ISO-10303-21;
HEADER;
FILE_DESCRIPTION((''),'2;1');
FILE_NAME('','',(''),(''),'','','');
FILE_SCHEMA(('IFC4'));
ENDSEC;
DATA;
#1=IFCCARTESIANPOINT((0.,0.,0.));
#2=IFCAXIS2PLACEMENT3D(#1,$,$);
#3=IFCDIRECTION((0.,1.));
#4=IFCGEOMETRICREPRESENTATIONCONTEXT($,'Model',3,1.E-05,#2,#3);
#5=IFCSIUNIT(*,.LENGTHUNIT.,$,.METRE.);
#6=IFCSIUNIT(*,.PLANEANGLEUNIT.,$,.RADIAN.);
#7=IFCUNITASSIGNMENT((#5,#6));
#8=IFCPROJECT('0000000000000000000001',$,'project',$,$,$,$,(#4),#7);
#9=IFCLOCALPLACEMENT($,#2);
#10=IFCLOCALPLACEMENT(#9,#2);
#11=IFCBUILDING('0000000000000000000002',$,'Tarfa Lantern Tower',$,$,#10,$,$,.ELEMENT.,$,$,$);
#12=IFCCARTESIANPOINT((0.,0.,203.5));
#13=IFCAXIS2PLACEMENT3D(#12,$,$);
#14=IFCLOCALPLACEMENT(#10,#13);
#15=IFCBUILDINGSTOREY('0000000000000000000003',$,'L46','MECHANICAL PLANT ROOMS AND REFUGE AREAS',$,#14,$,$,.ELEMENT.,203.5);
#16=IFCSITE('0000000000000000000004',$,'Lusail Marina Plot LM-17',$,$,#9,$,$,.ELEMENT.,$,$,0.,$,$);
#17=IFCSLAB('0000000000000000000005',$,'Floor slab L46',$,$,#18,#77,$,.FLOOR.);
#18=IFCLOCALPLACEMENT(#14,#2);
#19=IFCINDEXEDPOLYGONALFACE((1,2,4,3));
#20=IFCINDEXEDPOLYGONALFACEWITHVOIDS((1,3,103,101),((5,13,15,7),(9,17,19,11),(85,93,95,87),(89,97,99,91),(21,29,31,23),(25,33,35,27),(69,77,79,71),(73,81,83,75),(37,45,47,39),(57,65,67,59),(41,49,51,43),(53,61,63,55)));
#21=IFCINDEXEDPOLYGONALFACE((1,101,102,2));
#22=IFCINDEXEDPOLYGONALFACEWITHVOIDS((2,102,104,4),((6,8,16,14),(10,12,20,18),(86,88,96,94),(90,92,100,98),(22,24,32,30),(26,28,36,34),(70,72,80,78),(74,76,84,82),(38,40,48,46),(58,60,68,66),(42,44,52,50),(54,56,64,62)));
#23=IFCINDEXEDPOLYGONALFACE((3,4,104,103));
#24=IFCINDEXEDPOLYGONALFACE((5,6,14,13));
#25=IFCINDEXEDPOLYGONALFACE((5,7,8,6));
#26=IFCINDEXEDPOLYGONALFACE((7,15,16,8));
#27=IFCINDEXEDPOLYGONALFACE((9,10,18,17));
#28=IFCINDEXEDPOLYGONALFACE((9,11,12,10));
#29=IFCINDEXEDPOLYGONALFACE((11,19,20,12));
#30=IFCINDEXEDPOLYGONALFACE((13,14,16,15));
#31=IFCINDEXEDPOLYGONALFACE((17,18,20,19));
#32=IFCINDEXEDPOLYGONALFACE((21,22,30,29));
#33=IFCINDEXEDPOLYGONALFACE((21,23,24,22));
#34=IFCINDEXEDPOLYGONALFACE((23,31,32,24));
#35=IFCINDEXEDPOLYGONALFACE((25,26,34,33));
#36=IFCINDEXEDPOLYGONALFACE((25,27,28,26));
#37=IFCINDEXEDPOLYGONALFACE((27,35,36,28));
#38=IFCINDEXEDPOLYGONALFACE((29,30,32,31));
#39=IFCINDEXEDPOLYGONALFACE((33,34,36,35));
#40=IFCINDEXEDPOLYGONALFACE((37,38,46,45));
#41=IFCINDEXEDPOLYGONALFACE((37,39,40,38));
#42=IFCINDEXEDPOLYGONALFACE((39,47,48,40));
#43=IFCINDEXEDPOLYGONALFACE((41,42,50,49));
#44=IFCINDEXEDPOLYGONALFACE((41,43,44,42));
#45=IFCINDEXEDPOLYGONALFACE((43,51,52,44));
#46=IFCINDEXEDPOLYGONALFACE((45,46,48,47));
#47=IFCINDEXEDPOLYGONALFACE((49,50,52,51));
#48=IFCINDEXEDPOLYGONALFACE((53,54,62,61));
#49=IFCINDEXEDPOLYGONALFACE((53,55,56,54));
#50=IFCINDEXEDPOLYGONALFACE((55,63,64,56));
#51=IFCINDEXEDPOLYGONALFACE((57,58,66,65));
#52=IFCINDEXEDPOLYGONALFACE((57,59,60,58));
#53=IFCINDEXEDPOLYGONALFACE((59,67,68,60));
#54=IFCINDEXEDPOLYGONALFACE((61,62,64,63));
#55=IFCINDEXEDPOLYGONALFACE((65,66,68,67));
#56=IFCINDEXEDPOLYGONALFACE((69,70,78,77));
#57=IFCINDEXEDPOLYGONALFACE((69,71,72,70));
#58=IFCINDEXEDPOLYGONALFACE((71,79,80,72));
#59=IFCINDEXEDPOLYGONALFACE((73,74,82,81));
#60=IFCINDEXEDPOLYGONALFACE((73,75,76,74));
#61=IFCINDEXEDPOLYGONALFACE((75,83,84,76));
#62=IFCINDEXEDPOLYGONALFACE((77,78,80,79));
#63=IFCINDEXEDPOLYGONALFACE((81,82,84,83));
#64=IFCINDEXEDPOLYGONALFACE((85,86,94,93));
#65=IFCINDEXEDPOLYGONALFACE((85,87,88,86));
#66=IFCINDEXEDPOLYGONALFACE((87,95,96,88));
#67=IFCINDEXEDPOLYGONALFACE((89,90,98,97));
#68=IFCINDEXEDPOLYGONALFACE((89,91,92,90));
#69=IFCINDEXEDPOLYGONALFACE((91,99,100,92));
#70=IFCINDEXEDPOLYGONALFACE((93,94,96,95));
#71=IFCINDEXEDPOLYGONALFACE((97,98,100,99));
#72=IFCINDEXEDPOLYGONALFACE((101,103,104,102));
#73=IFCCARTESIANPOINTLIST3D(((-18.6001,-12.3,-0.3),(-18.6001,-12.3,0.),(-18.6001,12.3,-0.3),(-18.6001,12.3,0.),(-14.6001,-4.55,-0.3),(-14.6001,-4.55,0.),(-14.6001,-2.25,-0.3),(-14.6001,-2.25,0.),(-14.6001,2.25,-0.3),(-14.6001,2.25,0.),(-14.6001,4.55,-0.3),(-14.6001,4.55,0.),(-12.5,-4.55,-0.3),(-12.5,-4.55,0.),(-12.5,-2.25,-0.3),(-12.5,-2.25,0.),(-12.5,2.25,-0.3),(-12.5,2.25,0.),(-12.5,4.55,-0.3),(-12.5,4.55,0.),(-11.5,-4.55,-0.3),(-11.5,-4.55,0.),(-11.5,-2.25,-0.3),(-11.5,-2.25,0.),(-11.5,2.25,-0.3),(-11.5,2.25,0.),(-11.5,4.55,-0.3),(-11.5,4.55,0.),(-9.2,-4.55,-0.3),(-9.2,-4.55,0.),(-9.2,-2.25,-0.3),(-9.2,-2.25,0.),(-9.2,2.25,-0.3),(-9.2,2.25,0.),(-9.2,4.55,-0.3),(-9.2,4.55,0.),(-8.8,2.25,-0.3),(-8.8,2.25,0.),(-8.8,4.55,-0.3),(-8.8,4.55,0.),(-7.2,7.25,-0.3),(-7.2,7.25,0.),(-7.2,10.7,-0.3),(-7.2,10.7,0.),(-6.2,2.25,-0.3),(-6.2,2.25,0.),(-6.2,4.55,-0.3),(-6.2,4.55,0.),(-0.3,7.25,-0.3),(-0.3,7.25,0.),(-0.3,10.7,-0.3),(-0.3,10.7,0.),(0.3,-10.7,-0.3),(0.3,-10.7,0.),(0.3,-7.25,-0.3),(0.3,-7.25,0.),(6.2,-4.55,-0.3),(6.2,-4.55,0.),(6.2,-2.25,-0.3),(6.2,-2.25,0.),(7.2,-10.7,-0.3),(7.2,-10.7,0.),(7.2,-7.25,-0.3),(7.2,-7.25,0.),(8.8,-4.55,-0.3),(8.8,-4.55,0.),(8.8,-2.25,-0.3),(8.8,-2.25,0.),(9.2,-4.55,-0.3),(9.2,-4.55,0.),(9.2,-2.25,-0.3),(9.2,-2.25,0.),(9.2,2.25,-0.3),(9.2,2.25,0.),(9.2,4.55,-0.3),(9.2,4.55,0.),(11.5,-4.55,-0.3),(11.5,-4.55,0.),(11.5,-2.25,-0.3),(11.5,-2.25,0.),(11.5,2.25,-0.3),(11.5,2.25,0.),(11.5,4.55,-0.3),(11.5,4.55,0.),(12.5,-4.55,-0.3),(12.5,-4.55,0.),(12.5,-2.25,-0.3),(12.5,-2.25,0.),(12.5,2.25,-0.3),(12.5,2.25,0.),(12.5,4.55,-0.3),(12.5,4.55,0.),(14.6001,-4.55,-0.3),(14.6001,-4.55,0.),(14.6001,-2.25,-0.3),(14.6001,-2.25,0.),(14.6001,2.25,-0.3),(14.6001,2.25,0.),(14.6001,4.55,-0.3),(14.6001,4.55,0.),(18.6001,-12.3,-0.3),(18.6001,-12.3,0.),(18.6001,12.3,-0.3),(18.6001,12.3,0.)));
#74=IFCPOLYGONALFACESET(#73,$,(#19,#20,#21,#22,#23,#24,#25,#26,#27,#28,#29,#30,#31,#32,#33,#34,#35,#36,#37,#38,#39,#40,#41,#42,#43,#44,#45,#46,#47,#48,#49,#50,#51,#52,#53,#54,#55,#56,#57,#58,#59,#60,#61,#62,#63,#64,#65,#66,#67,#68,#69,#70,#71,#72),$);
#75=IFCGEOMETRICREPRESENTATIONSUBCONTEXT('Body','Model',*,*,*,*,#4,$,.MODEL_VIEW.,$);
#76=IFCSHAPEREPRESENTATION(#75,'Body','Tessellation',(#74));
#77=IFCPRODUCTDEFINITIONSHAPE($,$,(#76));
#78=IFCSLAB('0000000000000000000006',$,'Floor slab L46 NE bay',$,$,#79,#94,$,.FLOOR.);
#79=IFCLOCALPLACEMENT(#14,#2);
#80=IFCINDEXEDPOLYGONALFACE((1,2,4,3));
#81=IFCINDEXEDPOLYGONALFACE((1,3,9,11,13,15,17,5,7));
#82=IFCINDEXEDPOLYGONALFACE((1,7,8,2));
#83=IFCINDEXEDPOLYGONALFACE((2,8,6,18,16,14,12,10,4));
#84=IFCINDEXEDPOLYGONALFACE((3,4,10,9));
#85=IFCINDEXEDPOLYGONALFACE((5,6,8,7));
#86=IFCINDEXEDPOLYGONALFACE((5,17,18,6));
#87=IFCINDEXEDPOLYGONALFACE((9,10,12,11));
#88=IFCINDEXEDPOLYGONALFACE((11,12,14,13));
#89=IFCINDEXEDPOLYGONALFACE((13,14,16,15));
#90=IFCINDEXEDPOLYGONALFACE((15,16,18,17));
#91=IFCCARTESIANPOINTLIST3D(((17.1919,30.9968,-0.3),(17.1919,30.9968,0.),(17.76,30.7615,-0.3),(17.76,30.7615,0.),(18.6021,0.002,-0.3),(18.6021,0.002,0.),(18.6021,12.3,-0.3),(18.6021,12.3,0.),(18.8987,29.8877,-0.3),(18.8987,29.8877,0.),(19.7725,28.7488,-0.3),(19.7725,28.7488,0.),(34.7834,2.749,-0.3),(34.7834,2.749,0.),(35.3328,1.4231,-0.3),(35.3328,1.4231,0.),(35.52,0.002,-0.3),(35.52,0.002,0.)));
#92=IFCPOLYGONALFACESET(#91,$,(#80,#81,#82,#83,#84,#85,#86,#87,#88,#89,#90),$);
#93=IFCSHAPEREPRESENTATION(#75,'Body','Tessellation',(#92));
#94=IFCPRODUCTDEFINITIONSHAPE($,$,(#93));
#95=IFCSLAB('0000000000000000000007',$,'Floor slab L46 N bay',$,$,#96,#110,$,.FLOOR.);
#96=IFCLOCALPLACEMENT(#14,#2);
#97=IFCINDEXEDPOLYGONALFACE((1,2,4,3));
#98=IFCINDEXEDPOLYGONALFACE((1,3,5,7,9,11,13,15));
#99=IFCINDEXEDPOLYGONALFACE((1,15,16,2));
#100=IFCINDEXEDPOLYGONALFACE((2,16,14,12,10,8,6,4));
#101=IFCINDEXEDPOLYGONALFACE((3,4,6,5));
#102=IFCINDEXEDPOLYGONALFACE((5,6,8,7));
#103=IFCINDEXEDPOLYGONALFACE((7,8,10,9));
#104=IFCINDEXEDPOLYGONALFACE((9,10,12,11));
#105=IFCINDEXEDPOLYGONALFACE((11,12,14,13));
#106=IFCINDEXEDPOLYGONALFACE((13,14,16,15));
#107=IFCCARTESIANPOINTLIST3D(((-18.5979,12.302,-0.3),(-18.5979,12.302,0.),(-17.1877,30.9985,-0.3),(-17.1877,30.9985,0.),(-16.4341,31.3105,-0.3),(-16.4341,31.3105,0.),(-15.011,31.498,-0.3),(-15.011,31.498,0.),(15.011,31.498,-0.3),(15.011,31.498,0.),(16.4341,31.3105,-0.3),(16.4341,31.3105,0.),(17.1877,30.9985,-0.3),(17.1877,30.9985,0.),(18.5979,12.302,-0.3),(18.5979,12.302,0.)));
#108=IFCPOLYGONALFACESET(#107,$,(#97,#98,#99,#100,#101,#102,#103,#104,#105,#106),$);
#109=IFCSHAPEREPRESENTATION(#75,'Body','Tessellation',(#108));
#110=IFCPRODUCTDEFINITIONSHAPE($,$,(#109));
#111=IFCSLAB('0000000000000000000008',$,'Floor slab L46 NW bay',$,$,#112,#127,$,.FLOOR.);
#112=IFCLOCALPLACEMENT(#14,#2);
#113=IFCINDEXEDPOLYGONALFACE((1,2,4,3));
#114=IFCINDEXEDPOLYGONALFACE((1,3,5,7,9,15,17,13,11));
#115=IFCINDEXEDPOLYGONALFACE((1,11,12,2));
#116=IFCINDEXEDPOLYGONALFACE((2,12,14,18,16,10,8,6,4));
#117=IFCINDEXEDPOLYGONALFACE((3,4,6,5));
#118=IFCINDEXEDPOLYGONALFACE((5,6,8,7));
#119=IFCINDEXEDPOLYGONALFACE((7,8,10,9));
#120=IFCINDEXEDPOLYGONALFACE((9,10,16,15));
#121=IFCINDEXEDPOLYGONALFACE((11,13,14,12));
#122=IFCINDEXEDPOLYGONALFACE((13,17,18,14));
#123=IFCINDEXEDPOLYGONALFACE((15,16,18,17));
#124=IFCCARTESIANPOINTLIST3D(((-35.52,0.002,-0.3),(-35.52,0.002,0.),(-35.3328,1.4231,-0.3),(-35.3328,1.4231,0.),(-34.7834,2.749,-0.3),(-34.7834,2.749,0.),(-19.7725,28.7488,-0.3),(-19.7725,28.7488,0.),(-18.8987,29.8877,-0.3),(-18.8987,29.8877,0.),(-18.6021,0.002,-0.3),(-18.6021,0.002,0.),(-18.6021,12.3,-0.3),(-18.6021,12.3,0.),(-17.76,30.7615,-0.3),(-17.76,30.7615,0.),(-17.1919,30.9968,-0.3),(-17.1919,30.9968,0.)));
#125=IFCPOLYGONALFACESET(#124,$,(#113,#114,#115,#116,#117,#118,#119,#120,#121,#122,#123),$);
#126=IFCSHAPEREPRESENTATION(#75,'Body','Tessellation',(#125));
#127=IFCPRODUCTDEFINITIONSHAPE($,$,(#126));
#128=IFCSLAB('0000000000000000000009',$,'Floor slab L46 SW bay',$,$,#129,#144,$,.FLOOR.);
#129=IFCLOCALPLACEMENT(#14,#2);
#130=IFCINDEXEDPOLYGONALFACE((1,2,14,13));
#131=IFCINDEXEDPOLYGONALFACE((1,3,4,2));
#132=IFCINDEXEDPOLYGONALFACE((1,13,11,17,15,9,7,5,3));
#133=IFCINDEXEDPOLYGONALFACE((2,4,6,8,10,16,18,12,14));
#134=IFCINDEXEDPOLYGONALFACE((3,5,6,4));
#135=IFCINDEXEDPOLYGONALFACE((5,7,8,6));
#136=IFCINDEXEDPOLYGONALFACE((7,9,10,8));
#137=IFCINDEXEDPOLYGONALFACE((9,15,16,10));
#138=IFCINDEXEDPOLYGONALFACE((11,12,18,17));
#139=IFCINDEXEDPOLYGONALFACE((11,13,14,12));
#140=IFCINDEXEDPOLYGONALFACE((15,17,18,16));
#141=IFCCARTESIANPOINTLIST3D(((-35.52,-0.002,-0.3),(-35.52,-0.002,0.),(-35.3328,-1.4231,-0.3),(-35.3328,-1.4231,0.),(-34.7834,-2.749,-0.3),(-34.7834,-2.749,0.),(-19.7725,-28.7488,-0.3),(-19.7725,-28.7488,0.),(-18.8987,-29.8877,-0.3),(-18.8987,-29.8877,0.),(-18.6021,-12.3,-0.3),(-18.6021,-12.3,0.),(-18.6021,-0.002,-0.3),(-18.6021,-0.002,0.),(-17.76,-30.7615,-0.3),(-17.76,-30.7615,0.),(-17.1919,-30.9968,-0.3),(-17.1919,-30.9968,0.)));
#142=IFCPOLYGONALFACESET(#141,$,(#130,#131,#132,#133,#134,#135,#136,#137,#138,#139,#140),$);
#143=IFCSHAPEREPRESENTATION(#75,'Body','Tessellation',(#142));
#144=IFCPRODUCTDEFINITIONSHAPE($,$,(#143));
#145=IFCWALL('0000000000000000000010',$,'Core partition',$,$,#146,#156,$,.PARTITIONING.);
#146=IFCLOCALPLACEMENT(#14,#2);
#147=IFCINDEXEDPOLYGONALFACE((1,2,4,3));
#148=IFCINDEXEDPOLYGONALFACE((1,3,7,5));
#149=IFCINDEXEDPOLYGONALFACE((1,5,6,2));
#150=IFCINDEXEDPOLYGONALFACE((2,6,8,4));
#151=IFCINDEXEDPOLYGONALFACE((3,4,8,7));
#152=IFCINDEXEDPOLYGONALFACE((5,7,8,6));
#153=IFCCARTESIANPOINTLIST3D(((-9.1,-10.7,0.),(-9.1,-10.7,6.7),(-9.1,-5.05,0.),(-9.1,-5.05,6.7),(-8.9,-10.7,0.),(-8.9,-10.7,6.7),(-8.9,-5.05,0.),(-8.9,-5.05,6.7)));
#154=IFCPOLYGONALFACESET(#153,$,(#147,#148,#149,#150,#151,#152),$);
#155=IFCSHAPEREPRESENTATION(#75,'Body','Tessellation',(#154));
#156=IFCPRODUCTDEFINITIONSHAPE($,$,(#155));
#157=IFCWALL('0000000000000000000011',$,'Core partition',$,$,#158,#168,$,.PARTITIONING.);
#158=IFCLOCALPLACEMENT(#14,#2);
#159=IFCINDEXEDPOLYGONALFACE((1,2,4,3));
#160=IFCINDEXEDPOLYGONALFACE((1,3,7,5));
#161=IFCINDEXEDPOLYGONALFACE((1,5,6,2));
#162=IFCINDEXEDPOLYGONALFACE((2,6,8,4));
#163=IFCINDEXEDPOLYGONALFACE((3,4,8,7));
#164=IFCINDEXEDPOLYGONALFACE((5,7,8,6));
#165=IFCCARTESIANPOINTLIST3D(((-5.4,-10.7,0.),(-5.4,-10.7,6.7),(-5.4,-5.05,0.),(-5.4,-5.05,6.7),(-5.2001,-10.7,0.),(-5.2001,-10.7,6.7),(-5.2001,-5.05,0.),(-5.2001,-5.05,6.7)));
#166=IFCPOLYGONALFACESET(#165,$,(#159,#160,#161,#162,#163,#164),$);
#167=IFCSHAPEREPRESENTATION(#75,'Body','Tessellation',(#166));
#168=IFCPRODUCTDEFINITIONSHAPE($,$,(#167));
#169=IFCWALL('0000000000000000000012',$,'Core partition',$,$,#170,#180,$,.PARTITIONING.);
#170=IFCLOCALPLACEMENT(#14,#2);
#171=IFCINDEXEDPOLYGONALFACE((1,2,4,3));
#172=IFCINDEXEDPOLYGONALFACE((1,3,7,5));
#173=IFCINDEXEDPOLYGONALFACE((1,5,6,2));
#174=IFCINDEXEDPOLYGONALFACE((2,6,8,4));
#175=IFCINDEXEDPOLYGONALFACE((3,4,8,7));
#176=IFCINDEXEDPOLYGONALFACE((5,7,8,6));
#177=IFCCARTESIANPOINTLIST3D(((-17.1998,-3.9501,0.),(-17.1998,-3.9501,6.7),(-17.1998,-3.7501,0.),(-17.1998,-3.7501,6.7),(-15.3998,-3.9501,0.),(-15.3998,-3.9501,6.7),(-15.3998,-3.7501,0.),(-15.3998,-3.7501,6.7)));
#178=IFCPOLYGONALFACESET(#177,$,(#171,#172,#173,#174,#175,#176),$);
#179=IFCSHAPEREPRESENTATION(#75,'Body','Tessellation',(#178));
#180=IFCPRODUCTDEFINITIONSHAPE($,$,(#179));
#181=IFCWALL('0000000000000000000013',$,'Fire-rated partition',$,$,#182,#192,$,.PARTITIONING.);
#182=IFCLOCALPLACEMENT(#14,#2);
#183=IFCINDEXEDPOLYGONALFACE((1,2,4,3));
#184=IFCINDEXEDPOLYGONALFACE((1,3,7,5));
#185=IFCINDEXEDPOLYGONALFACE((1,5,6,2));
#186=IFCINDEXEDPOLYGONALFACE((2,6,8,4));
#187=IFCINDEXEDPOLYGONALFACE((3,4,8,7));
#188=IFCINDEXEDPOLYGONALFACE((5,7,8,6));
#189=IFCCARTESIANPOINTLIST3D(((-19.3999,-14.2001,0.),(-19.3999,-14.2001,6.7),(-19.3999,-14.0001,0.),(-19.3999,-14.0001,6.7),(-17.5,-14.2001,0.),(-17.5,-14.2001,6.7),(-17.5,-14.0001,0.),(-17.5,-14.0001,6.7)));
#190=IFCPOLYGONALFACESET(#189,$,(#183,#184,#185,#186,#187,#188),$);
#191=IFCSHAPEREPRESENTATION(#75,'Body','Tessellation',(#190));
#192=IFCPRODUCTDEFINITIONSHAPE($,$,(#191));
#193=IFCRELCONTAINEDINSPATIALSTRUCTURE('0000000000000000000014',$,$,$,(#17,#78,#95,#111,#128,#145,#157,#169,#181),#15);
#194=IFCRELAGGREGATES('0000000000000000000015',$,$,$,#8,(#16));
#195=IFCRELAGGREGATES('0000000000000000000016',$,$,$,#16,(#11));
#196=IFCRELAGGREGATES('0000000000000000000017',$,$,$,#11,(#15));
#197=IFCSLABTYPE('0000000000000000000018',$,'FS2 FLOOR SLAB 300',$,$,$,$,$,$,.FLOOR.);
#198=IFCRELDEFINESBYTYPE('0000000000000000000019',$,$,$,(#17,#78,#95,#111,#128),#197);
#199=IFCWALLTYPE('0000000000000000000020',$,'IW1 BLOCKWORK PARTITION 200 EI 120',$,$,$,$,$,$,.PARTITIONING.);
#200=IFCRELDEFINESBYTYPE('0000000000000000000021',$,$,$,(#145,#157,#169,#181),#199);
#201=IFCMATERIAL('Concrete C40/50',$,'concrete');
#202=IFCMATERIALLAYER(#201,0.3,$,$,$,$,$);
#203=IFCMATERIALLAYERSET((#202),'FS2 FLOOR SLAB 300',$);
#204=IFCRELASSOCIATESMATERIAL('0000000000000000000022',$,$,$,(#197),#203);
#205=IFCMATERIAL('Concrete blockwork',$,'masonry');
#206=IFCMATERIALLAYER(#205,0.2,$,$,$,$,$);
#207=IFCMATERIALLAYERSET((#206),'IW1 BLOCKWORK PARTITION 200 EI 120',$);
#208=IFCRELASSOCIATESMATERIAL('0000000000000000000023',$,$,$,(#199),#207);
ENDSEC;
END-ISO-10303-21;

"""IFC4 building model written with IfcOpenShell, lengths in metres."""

from ifc_helpers import new_model, si_unit, direction, frame, frame_2d, origin, place, context, subcontext, project, spatial, polyline, rectangle, outline, extrude, material, layer, layer_set, type_object, element, save


model = new_model("IFC4")

# Units and contexts
model_context = context("Model", 3, precision=1e-05, world=origin(), true_north=direction((0.0, 1.0)))
body_context = subcontext(model_context, "Body", "Model", "MODEL_VIEW")
ifc_project = project(units=[si_unit("LENGTHUNIT", "METRE"), si_unit("PLANEANGLEUNIT", "RADIAN")], contexts=[model_context])

# Site, building, storey
site_placement = place(None, origin())
site = spatial("IfcSite", under=ifc_project, at=site_placement, Name="Lusail Marina Plot LM-17", CompositionType="ELEMENT", RefElevation=0.0)
building_placement = place(site_placement, origin())
building = spatial("IfcBuilding", under=site, at=building_placement, Name="Tarfa Lantern Tower", CompositionType="ELEMENT")
storey_placement = place(building_placement, frame((0.0, 0.0, 203.5)))
storey = spatial("IfcBuildingStorey", under=building, at=storey_placement, Name="L46", Description="MECHANICAL PLANT ROOMS AND REFUGE AREAS", CompositionType="ELEMENT", Elevation=203.5)

# Slabs
ifc_material_1 = material(Name="Concrete C40/50", Category="concrete")
ifc_layer_1 = layer(ifc_material_1, 0.3)
ifc_layer_set_1 = layer_set([ifc_layer_1], Name="FS2 FLOOR SLAB 300")
slab_type = type_object("IfcSlabType", Name="FS2 FLOOR SLAB 300", PredefinedType="FLOOR", material=ifc_layer_set_1)
slab_1_placement = place(storey_placement, frame((0.0, 0.0, -0.3)))
element("IfcSlab", 1, at=slab_1_placement, inside=storey, type_object=slab_type, Name="Floor slab L46", PredefinedType="FLOOR", context=body_context, shape_type="SweptSolid", body=[
    extrude(outline(polyline([(-18.6001, -12.3), (18.6001, -12.3), (18.6001, 12.3), (-18.6001, 12.3), (-18.6001, -12.3)]), holes=[polyline([(-14.6001, 2.25), (-12.5, 2.25), (-12.5, 4.55), (-14.6001, 4.55), (-14.6001, 2.25)]), polyline([(-11.5, 2.25), (-9.2, 2.25), (-9.2, 4.55), (-11.5, 4.55), (-11.5, 2.25)]), polyline([(-8.8, 2.25), (-6.2, 2.25), (-6.2, 4.55), (-8.8, 4.55), (-8.8, 2.25)]), polyline([(9.2, 2.25), (11.5, 2.25), (11.5, 4.55), (9.2, 4.55), (9.2, 2.25)]), polyline([(12.5, 2.25), (14.6001, 2.25), (14.6001, 4.55), (12.5, 4.55), (12.5, 2.25)]), polyline([(14.6001, -2.25), (12.5, -2.25), (12.5, -4.55), (14.6001, -4.55), (14.6001, -2.25)]), polyline([(11.5, -2.25), (9.2, -2.25), (9.2, -4.55), (11.5, -4.55), (11.5, -2.25)]), polyline([(8.8, -2.25), (6.2, -2.25), (6.2, -4.55), (8.8, -4.55), (8.8, -2.25)]), polyline([(-9.2, -2.25), (-11.5, -2.25), (-11.5, -4.55), (-9.2, -4.55), (-9.2, -2.25)]), polyline([(-12.5, -2.25), (-14.6001, -2.25), (-14.6001, -4.55), (-12.5, -4.55), (-12.5, -2.25)]), polyline([(-7.2, 7.25), (-0.3, 7.25), (-0.3, 10.7), (-7.2, 10.7), (-7.2, 7.25)]), polyline([(7.2, -7.25), (0.3, -7.25), (0.3, -10.7), (7.2, -10.7), (7.2, -7.25)])]), origin(), (0.0, 0.0, 1.0), 0.3),
])
slab_2_placement = place(storey_placement, frame((0.0, 0.0, -0.3)))
element("IfcSlab", 2, at=slab_2_placement, inside=storey, type_object=slab_type, Name="Floor slab L46 NE bay", PredefinedType="FLOOR", context=body_context, shape_type="SweptSolid", body=[
    extrude(outline(polyline([(34.7834, 2.749), (19.7725, 28.7488), (18.8987, 29.8877), (17.76, 30.7615), (17.1919, 30.9968), (18.6021, 12.3), (18.6021, 0.002), (35.52, 0.002), (35.3328, 1.4231), (34.7834, 2.749)])), origin(), (0.0, 0.0, 1.0), 0.3),
])
slab_3_placement = place(storey_placement, frame((0.0, 0.0, -0.3)))
element("IfcSlab", 3, at=slab_3_placement, inside=storey, type_object=slab_type, Name="Floor slab L46 N bay", PredefinedType="FLOOR", context=body_context, shape_type="SweptSolid", body=[
    extrude(outline(polyline([(-18.5979, 12.302), (18.5979, 12.302), (17.1877, 30.9985), (16.4341, 31.3105), (15.011, 31.498), (-15.011, 31.498), (-16.4341, 31.3105), (-17.1877, 30.9985), (-18.5979, 12.302)])), origin(), (0.0, 0.0, 1.0), 0.3),
])
slab_4_placement = place(storey_placement, frame((0.0, 0.0, -0.3)))
element("IfcSlab", 4, at=slab_4_placement, inside=storey, type_object=slab_type, Name="Floor slab L46 NW bay", PredefinedType="FLOOR", context=body_context, shape_type="SweptSolid", body=[
    extrude(outline(polyline([(-18.6021, 0.002), (-18.6021, 12.3), (-17.1919, 30.9968), (-17.76, 30.7615), (-18.8987, 29.8877), (-19.7725, 28.7488), (-34.7834, 2.749), (-35.3328, 1.4231), (-35.52, 0.002), (-18.6021, 0.002)])), origin(), (0.0, 0.0, 1.0), 0.3),
])
slab_5_placement = place(storey_placement, frame((0.0, 0.0, -0.3)))
element("IfcSlab", 5, at=slab_5_placement, inside=storey, type_object=slab_type, Name="Floor slab L46 SW bay", PredefinedType="FLOOR", context=body_context, shape_type="SweptSolid", body=[
    extrude(outline(polyline([(-18.6021, -12.3), (-18.6021, -0.002), (-35.52, -0.002), (-35.3328, -1.4231), (-34.7834, -2.749), (-19.7725, -28.7488), (-18.8987, -29.8877), (-17.76, -30.7615), (-17.1919, -30.9968), (-18.6021, -12.3)])), origin(), (0.0, 0.0, 1.0), 0.3),
])

# Walls
ifc_material_2 = material(Name="Concrete blockwork", Category="masonry")
ifc_layer_2 = layer(ifc_material_2, 0.2)
ifc_layer_set_2 = layer_set([ifc_layer_2], Name="IW1 BLOCKWORK PARTITION 200 EI 120")
wall_type_1 = type_object("IfcWallType", Name="IW1 BLOCKWORK PARTITION 200 EI 120", PredefinedType="PARTITIONING", material=ifc_layer_set_2)
for number, where, z_axis, x_axis, name in (
    (6, (-9.0, -5.05, 0.0), (0.0, 0.0, 1.0), (0.0, -1.0, 0.0), "Core partition"),
    (7, (-5.3, -5.05, 0.0), (0.0, 0.0, 1.0), (0.0, -1.0, 0.0), "Core partition"),
):
    element("IfcWall", number, at=place(storey_placement, frame(where, z_axis=z_axis, x_axis=x_axis)), inside=storey, type_object=wall_type_1, Name=name, PredefinedType="PARTITIONING", context=body_context, shape_type="SweptSolid", body=[
        extrude(rectangle(XDim=5.6499, YDim=0.2, at=frame_2d((2.825, 0.0))), origin(), (0.0, 0.0, 1.0), 6.7),
    ])
wall_1_placement = place(storey_placement, frame((-15.3999, -3.8501, 0.0), z_axis=(0.0, 0.0, 1.0), x_axis=(-1.0, 0.0, 0.0)))
element("IfcWall", 8, at=wall_1_placement, inside=storey, type_object=wall_type_1, Name="Core partition", PredefinedType="PARTITIONING", context=body_context, shape_type="SweptSolid", body=[
    extrude(rectangle(XDim=1.8, YDim=0.2, at=frame_2d((0.8999, 0.0))), origin(), (0.0, 0.0, 1.0), 6.7),
])
wall_2_placement = place(storey_placement, frame((-17.5, -14.1001, 0.0), z_axis=(0.0, 0.0, 1.0), x_axis=(-1.0, 0.0, 0.0)))
element("IfcWall", 9, at=wall_2_placement, inside=storey, type_object=wall_type_1, Name="Fire-rated partition", PredefinedType="PARTITIONING", context=body_context, shape_type="SweptSolid", body=[
    extrude(rectangle(XDim=1.8999, YDim=0.2, at=frame_2d((0.95, 0.0))), origin(), (0.0, 0.0, 1.0), 6.7),
])

save(model, "model.ifc")
